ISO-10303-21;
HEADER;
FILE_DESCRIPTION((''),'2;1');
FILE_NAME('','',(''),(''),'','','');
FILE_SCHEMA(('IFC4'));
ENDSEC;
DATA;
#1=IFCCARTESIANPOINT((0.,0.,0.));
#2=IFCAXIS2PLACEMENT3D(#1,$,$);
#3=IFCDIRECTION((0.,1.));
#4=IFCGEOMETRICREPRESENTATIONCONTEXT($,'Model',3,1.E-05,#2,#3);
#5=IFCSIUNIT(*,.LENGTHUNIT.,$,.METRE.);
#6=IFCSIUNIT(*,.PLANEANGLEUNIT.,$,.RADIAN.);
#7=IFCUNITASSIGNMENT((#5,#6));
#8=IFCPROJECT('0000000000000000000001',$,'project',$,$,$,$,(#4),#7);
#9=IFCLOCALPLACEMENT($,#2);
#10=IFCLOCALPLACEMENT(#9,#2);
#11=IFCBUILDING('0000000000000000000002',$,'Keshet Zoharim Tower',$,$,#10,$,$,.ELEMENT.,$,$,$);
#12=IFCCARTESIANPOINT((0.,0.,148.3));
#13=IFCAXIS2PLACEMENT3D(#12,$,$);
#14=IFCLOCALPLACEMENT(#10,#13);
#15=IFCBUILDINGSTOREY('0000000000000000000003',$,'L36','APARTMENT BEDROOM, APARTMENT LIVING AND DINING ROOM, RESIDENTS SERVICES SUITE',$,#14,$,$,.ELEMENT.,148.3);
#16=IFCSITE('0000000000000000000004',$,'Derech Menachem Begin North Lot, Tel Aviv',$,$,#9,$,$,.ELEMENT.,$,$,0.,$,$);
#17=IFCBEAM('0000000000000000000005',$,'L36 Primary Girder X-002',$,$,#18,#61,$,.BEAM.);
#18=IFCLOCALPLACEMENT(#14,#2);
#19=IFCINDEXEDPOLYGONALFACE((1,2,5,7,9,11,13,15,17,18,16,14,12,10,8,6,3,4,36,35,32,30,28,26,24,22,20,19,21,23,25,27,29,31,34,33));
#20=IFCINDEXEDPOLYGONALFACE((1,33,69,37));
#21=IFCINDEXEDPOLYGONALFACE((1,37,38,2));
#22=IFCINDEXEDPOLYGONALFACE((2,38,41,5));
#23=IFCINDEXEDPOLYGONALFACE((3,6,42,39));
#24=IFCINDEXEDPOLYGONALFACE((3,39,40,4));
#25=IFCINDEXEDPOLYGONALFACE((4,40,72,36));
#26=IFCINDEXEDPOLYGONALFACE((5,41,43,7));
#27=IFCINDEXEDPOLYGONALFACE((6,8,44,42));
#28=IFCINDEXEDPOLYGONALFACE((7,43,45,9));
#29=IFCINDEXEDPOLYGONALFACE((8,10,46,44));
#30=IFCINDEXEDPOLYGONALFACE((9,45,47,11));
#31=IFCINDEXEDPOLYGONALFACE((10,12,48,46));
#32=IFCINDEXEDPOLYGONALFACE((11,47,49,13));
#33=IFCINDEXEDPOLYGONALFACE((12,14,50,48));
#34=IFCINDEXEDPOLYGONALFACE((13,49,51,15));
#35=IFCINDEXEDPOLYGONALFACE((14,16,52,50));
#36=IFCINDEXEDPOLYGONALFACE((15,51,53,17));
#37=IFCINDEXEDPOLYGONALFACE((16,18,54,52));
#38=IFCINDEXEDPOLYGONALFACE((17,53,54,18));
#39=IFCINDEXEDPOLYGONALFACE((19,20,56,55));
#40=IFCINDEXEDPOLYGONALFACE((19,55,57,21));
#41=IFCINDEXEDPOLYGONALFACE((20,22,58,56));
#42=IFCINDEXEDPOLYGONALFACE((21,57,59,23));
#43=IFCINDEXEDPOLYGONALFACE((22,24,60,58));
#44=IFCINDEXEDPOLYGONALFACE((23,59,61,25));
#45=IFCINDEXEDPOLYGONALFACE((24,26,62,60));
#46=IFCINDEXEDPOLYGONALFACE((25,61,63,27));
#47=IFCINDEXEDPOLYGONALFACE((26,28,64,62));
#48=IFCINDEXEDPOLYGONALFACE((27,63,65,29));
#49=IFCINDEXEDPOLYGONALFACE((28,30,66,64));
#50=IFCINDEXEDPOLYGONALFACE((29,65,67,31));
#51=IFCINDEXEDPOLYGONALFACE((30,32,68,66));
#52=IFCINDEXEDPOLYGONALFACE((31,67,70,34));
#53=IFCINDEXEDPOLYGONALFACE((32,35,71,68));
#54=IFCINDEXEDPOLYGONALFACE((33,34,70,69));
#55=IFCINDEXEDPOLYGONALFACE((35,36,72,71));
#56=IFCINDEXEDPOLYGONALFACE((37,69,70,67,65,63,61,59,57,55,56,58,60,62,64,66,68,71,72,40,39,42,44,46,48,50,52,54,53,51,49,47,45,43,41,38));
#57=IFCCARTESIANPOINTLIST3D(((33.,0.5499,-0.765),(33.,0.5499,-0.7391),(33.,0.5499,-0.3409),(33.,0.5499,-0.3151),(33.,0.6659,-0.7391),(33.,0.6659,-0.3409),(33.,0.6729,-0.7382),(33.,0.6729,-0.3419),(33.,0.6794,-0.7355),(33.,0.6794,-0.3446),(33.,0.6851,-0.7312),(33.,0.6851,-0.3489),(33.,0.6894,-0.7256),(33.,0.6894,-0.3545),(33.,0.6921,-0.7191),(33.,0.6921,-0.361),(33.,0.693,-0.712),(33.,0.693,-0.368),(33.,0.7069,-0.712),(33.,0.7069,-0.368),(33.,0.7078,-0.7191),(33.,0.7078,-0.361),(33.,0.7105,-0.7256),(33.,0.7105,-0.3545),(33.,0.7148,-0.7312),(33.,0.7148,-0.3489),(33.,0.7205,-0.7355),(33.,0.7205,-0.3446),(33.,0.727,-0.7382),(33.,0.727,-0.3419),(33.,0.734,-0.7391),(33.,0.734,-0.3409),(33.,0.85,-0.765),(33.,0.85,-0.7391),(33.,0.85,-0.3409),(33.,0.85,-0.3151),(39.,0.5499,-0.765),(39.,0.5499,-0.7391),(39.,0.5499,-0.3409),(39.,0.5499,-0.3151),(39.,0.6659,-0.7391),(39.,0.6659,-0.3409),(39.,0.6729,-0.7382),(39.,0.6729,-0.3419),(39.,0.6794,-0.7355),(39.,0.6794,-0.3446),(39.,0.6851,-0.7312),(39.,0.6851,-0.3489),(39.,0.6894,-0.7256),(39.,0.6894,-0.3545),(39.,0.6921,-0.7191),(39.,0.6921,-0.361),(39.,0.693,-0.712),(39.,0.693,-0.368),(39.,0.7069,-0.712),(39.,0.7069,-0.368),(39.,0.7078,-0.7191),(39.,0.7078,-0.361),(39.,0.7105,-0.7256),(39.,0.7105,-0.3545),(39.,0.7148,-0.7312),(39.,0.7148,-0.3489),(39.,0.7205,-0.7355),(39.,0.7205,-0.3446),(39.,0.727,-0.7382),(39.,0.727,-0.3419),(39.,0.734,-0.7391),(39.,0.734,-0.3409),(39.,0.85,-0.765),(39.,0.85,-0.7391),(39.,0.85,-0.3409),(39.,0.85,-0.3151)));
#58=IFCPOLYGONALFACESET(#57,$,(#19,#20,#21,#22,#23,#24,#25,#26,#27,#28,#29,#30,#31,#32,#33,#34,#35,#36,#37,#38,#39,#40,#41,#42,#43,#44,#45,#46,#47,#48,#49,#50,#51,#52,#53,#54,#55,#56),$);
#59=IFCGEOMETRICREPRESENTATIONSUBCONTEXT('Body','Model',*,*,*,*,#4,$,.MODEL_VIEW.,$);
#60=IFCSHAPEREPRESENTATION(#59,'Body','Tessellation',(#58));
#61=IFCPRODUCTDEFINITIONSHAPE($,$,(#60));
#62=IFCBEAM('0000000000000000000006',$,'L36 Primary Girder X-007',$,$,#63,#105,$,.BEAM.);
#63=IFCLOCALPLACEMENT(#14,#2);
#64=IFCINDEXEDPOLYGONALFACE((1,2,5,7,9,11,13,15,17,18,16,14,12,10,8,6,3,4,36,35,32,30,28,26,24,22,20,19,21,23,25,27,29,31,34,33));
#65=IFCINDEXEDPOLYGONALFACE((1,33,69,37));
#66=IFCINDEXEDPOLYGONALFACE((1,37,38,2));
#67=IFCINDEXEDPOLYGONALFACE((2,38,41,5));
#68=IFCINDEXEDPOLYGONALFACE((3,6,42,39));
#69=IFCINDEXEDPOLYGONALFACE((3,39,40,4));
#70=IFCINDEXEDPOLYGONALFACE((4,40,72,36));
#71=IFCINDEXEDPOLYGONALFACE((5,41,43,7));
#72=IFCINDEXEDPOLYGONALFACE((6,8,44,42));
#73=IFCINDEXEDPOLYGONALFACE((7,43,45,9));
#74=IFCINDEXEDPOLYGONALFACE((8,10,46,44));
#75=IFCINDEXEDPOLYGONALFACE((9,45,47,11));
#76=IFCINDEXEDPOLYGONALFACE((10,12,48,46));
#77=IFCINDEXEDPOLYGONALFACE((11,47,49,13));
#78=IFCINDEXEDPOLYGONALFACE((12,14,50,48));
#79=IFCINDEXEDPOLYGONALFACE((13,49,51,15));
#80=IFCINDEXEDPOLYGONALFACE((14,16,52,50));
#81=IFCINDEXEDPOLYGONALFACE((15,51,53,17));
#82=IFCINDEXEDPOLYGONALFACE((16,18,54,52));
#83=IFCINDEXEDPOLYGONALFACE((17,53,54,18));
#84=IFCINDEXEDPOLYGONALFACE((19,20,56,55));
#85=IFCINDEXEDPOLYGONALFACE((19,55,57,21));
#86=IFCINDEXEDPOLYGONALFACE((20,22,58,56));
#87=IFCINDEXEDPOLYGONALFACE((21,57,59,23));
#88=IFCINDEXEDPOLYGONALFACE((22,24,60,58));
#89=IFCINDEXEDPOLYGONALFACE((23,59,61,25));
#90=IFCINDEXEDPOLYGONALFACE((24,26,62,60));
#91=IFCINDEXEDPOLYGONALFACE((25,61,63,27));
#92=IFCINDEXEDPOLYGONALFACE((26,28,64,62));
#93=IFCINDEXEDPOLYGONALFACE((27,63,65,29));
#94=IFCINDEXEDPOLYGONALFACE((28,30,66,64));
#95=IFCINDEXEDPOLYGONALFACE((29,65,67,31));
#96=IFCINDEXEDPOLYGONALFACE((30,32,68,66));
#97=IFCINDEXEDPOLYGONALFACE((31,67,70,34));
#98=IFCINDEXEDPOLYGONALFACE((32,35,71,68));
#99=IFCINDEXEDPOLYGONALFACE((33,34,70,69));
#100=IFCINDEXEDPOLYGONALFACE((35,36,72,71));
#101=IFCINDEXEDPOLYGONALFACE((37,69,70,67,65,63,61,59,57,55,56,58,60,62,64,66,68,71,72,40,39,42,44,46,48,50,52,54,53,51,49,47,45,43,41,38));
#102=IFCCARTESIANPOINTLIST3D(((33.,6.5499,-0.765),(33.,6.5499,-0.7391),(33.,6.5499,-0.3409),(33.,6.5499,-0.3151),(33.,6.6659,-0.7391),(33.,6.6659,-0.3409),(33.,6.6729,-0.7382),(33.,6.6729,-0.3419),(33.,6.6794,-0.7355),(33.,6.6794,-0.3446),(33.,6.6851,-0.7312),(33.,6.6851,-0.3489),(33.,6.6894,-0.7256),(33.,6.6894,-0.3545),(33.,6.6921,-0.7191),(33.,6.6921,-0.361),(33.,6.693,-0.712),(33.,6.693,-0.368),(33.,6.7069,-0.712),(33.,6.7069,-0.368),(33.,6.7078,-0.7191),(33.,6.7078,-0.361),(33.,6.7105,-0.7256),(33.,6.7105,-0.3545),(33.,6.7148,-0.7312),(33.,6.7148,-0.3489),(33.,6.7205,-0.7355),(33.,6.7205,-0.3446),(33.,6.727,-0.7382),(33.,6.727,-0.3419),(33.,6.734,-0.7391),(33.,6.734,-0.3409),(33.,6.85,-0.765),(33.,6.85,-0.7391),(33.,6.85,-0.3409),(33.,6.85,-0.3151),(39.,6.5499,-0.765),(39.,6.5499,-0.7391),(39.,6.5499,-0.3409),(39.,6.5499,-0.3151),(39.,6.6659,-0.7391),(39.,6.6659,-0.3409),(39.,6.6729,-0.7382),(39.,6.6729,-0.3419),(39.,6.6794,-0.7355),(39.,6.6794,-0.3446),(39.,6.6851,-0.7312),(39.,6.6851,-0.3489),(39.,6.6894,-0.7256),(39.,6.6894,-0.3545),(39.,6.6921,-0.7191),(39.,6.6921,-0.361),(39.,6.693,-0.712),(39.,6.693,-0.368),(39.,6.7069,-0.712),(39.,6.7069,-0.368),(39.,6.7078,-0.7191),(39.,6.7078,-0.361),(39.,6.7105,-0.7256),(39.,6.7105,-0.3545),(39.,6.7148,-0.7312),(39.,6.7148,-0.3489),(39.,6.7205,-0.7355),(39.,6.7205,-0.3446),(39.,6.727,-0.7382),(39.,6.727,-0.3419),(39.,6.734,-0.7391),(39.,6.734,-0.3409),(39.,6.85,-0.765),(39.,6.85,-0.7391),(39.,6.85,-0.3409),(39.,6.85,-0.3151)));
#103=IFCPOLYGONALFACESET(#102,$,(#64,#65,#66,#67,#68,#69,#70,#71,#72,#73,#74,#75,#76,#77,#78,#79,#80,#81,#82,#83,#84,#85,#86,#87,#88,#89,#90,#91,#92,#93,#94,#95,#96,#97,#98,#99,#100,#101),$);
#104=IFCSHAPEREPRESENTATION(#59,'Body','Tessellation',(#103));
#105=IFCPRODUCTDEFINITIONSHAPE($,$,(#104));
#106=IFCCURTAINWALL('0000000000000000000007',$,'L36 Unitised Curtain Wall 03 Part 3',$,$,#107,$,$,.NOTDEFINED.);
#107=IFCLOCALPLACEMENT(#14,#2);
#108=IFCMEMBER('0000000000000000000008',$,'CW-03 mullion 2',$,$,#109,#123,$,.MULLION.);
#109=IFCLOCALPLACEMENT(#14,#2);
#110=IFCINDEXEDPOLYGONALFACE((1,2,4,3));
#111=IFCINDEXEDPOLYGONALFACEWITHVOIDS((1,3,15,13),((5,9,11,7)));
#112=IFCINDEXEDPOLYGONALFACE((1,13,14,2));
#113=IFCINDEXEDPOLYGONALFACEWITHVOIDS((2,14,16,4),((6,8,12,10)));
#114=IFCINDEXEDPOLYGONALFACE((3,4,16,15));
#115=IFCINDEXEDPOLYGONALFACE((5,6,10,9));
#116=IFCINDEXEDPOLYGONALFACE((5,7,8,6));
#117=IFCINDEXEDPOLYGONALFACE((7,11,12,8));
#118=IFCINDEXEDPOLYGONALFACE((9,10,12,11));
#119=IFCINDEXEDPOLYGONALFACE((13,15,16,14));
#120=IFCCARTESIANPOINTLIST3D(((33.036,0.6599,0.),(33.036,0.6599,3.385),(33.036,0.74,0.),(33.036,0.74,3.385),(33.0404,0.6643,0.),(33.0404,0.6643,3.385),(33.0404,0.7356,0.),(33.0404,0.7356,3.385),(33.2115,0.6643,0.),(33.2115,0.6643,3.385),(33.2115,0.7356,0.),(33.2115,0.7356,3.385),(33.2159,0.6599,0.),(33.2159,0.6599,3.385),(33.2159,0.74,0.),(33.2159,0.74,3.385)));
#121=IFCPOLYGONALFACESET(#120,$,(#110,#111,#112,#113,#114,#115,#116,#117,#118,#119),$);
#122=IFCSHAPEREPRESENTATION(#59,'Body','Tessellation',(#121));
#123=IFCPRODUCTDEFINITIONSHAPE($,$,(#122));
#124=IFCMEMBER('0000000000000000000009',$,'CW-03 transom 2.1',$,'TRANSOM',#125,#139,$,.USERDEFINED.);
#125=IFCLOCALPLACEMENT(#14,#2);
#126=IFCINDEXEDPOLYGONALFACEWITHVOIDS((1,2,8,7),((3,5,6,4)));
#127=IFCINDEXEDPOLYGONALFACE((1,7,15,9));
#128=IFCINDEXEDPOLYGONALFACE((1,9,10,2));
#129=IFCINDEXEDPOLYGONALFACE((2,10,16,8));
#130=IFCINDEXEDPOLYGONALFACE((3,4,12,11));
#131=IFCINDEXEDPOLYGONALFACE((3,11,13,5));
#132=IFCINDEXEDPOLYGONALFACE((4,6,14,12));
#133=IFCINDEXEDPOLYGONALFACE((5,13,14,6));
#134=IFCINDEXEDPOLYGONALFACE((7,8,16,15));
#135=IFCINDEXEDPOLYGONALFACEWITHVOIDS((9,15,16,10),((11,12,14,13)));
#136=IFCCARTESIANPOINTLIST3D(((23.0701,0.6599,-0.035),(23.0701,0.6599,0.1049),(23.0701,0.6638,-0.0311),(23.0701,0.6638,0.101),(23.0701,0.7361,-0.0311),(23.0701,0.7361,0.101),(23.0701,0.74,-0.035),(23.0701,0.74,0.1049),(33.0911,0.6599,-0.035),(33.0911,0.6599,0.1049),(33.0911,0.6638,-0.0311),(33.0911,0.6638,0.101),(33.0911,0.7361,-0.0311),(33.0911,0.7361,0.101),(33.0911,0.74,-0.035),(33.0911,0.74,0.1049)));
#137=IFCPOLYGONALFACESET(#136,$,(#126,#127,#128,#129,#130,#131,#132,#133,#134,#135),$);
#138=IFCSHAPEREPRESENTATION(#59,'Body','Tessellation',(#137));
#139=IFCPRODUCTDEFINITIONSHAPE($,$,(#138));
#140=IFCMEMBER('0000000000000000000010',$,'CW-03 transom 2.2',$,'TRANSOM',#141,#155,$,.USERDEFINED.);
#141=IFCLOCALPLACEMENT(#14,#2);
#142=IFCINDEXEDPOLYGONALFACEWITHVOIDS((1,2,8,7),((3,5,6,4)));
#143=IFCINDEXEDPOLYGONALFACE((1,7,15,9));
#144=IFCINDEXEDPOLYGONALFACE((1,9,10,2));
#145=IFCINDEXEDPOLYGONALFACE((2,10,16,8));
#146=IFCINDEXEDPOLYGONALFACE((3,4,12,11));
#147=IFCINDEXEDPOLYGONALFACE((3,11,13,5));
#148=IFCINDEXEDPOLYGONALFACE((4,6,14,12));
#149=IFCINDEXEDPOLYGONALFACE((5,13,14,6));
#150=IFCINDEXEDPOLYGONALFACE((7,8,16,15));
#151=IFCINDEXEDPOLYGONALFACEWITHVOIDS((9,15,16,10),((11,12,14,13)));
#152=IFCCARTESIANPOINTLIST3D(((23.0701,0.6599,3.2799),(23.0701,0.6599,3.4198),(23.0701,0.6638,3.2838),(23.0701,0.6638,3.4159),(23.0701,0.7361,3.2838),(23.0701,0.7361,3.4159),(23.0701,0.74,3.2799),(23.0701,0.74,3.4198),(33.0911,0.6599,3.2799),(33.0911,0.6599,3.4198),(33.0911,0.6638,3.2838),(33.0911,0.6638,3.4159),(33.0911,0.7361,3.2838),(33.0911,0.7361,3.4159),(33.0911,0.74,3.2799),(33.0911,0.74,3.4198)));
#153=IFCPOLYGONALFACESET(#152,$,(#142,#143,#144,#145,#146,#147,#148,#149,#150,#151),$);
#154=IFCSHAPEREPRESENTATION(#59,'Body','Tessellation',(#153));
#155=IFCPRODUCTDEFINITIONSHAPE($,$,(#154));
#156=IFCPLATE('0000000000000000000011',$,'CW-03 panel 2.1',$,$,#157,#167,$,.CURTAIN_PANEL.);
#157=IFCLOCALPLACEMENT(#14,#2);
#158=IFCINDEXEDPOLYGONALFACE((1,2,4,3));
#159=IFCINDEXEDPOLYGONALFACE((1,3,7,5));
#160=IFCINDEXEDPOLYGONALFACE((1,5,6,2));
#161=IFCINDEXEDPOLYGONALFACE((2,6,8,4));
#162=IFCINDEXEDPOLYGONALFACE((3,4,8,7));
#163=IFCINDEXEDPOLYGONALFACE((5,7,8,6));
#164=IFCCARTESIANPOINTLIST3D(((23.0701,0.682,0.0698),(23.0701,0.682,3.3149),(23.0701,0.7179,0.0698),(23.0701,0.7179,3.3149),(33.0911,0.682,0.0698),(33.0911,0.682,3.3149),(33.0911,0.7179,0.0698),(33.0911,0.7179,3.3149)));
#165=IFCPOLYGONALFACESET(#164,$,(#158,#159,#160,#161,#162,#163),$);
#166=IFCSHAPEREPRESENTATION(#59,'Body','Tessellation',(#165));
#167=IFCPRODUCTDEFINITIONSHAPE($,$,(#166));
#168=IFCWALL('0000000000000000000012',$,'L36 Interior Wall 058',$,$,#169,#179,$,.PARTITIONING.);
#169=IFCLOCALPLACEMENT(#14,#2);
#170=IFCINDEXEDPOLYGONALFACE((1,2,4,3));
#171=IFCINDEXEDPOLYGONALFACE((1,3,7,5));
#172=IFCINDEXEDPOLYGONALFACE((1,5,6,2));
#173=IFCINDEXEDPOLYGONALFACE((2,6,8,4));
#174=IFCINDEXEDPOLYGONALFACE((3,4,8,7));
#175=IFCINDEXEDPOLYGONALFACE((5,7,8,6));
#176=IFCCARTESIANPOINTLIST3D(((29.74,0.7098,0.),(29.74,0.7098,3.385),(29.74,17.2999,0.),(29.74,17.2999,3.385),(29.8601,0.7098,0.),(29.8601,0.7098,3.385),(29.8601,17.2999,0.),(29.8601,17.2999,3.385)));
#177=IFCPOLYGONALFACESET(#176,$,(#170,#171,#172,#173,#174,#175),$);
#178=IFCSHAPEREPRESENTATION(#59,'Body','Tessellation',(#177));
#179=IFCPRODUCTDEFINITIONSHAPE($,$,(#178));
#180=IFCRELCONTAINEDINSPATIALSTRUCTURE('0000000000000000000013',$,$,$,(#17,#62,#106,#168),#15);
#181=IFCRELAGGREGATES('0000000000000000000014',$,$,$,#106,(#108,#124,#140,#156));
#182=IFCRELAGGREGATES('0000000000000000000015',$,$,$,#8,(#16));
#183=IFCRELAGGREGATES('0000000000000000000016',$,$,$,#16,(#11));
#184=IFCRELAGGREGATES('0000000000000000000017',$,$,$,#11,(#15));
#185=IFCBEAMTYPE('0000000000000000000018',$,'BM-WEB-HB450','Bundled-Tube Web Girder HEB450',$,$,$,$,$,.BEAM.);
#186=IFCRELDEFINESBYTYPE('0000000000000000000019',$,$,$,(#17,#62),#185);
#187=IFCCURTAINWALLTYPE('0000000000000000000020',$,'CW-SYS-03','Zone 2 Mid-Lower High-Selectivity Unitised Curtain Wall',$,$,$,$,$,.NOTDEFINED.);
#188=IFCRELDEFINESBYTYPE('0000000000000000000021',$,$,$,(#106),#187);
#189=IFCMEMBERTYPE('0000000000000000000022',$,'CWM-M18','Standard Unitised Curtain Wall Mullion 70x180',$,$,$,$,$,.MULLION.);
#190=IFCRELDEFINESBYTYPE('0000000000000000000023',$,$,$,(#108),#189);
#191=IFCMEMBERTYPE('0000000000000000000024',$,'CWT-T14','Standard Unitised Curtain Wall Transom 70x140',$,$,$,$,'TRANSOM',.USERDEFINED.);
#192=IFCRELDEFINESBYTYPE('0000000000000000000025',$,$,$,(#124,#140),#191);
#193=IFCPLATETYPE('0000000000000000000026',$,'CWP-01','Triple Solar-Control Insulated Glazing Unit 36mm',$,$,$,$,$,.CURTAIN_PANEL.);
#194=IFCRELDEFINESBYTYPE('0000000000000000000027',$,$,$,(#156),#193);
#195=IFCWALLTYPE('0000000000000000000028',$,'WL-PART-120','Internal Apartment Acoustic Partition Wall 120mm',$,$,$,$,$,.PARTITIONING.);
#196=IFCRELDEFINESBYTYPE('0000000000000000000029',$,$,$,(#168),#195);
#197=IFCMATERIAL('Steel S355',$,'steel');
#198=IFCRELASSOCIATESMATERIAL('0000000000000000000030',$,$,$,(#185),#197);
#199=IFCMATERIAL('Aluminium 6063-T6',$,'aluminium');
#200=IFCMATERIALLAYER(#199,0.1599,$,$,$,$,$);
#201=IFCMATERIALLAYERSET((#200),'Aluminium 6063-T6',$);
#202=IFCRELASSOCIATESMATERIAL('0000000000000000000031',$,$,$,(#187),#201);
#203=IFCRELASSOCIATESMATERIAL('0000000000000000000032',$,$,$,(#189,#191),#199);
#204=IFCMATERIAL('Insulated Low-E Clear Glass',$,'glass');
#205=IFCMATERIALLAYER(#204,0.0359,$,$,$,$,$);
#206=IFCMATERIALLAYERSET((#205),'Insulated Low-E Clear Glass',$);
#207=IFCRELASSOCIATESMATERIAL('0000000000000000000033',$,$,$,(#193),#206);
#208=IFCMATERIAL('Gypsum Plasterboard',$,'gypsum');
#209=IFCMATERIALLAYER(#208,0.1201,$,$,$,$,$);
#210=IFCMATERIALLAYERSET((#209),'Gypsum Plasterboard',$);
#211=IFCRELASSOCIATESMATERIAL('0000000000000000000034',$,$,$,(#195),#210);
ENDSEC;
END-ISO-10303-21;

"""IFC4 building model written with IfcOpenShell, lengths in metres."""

from ifc_helpers import new_model, si_unit, direction, frame, frame_2d, origin, origin_2d, place, context, subcontext, project, spatial, rectangle, hollow_rectangle, i_section, extrude, material, layer, layer_set, material_profile, profile_set, type_object, element, aggregate, save


model = new_model("IFC4")

# Units and contexts
model_context = context("Model", 3, precision=1e-05, world=origin(), true_north=direction((0.0, 1.0)))
body_context = subcontext(model_context, "Body", "Model", "MODEL_VIEW")
ifc_project = project(units=[si_unit("LENGTHUNIT", "METRE"), si_unit("PLANEANGLEUNIT", "RADIAN")], contexts=[model_context])

# Site, building, storey
site_placement = place(None, origin())
site = spatial("IfcSite", under=ifc_project, at=site_placement, Name="Derech Menachem Begin North Lot, Tel Aviv", CompositionType="ELEMENT", RefElevation=0.0)
building_placement = place(site_placement, origin())
building = spatial("IfcBuilding", under=site, at=building_placement, Name="Keshet Zoharim Tower", CompositionType="ELEMENT")
storey_placement = place(building_placement, frame((0.0, 0.0, 148.3)))
storey = spatial("IfcBuildingStorey", under=building, at=storey_placement, Name="L36", Description="APARTMENT BEDROOM, APARTMENT LIVING AND DINING ROOM, RESIDENTS SERVICES SUITE", CompositionType="ELEMENT", Elevation=148.3)

# Shared definitions
ifc_material_1 = material(Name="Steel S355", Category="steel")

# Beams
ifc_material_profile_1 = material_profile(ifc_material_1, i_section(OverallWidth=0.3, OverallDepth=0.45, WebThickness=0.0139, FlangeThickness=0.0259, FilletRadius=0.0271, at=origin_2d()), Name="HEB450")
ifc_profile_set_1 = profile_set([ifc_material_profile_1], Name="Steel S355")
beam_type_1 = type_object("IfcBeamType", Name="BM-WEB-HB450", Description="Bundled-Tube Web Girder HEB450", PredefinedType="BEAM", material=ifc_profile_set_1)
for number, where, z_axis, x_axis, name in (
    (1, (33.0, 0.7, -0.54), (1.0, 0.0, 0.0), (0.0, 1.0, 0.0), "L36 Primary Girder X-002"),
    (2, (33.0, 6.7, -0.54), (1.0, 0.0, 0.0), (0.0, 1.0, 0.0), "L36 Primary Girder X-007"),
):
    element("IfcBeam", number, at=place(storey_placement, frame(where, z_axis=z_axis, x_axis=x_axis)), inside=storey, type_object=beam_type_1, Name=name, PredefinedType="BEAM", context=body_context, shape_type="SweptSolid", body=[
        extrude(i_section(OverallWidth=0.3, OverallDepth=0.45, WebThickness=0.0139, FlangeThickness=0.0259, FilletRadius=0.0271, at=origin_2d()), origin(), (0.0, 0.0, 1.0), 6.0),
    ])

# Curtain wall, members, plate
ifc_material_2 = material(Name="Aluminium 6063-T6", Category="aluminium")
ifc_layer_1 = layer(ifc_material_2, 0.1599)
ifc_layer_set_1 = layer_set([ifc_layer_1], Name="Aluminium 6063-T6")
curtain_wall_type = type_object("IfcCurtainWallType", Name="CW-SYS-03", Description="Zone 2 Mid-Lower High-Selectivity Unitised Curtain Wall", PredefinedType="NOTDEFINED", material=ifc_layer_set_1)
curtain_wall_placement = place(storey_placement, origin())
curtain_wall = element("IfcCurtainWall", 3, at=curtain_wall_placement, inside=storey, type_object=curtain_wall_type, Name="L36 Unitised Curtain Wall 03 Part 3", PredefinedType="NOTDEFINED")
ifc_material_profile_2 = material_profile(ifc_material_2, hollow_rectangle(XDim=0.0801, YDim=0.1799, WallThickness=0.0044, at=origin_2d()), Name="MUL-80x180")
ifc_profile_set_2 = profile_set([ifc_material_profile_2], Name="Aluminium 6063-T6")
member_type_1 = type_object("IfcMemberType", Name="CWM-M18", Description="Standard Unitised Curtain Wall Mullion 70x180", PredefinedType="MULLION", material=ifc_profile_set_2)
member_1_placement = place(storey_placement, frame((33.126, 0.7, 0.0), z_axis=(0.0, 0.0, 1.0), x_axis=(0.0, -1.0, 0.0)))
member_1 = element("IfcMember", 4, at=member_1_placement, type_object=member_type_1, Name="CW-03 mullion 2", PredefinedType="MULLION", context=body_context, shape_type="SweptSolid", body=[
    extrude(hollow_rectangle(XDim=0.0801, YDim=0.1799, WallThickness=0.0044, at=origin_2d()), origin(), (0.0, 0.0, 1.0), 3.385),
])
ifc_material_profile_3 = material_profile(ifc_material_2, hollow_rectangle(XDim=0.0801, YDim=0.1399, WallThickness=0.0039, at=origin_2d()), Name="TRN-80x140")
ifc_profile_set_3 = profile_set([ifc_material_profile_3], Name="Aluminium 6063-T6")
member_type_2 = type_object("IfcMemberType", Name="CWT-T14", Description="Standard Unitised Curtain Wall Transom 70x140", ElementType="TRANSOM", PredefinedType="USERDEFINED", material=ifc_profile_set_3)
member_2_placement = place(storey_placement, frame((33.0911, 0.7, 0.0349), z_axis=(-1.0, 0.0, 0.0), x_axis=(0.0, -1.0, 0.0)))
member_2 = element("IfcMember", 5, at=member_2_placement, type_object=member_type_2, Name="CW-03 transom 2.1", ObjectType="TRANSOM", PredefinedType="USERDEFINED", context=body_context, shape_type="SweptSolid", body=[
    extrude(hollow_rectangle(XDim=0.0801, YDim=0.1399, WallThickness=0.0039, at=origin_2d()), origin(), (0.0, 0.0, 1.0), 10.021),
])
member_3_placement = place(storey_placement, frame((33.0911, 0.7, 3.3499), z_axis=(-1.0, 0.0, 0.0), x_axis=(0.0, -1.0, 0.0)))
member_3 = element("IfcMember", 6, at=member_3_placement, type_object=member_type_2, Name="CW-03 transom 2.2", ObjectType="TRANSOM", PredefinedType="USERDEFINED", context=body_context, shape_type="SweptSolid", body=[
    extrude(hollow_rectangle(XDim=0.0801, YDim=0.1399, WallThickness=0.0039, at=origin_2d()), origin(), (0.0, 0.0, 1.0), 10.021),
])
ifc_material_3 = material(Name="Insulated Low-E Clear Glass", Category="glass")
ifc_layer_2 = layer(ifc_material_3, 0.0359)
ifc_layer_set_2 = layer_set([ifc_layer_2], Name="Insulated Low-E Clear Glass")
plate_type = type_object("IfcPlateType", Name="CWP-01", Description="Triple Solar-Control Insulated Glazing Unit 36mm", PredefinedType="CURTAIN_PANEL", material=ifc_layer_set_2)
plate_placement = place(storey_placement, frame((28.0806, 0.7, 0.0698), z_axis=(0.0, 0.0, 1.0), x_axis=(-1.0, 0.0, 0.0)))
plate = element("IfcPlate", 7, at=plate_placement, type_object=plate_type, Name="CW-03 panel 2.1", PredefinedType="CURTAIN_PANEL", context=body_context, shape_type="SweptSolid", body=[
    extrude(rectangle(XDim=10.021, YDim=0.0359, at=origin_2d()), origin(), (0.0, 0.0, 1.0), 3.2451),
])
aggregate(curtain_wall, [member_1, member_2, member_3, plate])

# Wall
ifc_material_4 = material(Name="Gypsum Plasterboard", Category="gypsum")
ifc_layer_3 = layer(ifc_material_4, 0.1201)
ifc_layer_set_3 = layer_set([ifc_layer_3], Name="Gypsum Plasterboard")
wall_type = type_object("IfcWallType", Name="WL-PART-120", Description="Internal Apartment Acoustic Partition Wall 120mm", PredefinedType="PARTITIONING", material=ifc_layer_set_3)
wall_1_placement = place(storey_placement, frame((29.8, 0.71, 0.0), z_axis=(0.0, 0.0, 1.0), x_axis=(0.0, 1.0, 0.0)))
element("IfcWall", 8, at=wall_1_placement, inside=storey, type_object=wall_type, Name="L36 Interior Wall 058", PredefinedType="PARTITIONING", context=body_context, shape_type="SweptSolid", body=[
    extrude(rectangle(XDim=16.5901, YDim=0.1201, at=frame_2d((8.2949, 0.0))), origin(), (0.0, 0.0, 1.0), 3.385),
])

save(model, "model.ifc")
